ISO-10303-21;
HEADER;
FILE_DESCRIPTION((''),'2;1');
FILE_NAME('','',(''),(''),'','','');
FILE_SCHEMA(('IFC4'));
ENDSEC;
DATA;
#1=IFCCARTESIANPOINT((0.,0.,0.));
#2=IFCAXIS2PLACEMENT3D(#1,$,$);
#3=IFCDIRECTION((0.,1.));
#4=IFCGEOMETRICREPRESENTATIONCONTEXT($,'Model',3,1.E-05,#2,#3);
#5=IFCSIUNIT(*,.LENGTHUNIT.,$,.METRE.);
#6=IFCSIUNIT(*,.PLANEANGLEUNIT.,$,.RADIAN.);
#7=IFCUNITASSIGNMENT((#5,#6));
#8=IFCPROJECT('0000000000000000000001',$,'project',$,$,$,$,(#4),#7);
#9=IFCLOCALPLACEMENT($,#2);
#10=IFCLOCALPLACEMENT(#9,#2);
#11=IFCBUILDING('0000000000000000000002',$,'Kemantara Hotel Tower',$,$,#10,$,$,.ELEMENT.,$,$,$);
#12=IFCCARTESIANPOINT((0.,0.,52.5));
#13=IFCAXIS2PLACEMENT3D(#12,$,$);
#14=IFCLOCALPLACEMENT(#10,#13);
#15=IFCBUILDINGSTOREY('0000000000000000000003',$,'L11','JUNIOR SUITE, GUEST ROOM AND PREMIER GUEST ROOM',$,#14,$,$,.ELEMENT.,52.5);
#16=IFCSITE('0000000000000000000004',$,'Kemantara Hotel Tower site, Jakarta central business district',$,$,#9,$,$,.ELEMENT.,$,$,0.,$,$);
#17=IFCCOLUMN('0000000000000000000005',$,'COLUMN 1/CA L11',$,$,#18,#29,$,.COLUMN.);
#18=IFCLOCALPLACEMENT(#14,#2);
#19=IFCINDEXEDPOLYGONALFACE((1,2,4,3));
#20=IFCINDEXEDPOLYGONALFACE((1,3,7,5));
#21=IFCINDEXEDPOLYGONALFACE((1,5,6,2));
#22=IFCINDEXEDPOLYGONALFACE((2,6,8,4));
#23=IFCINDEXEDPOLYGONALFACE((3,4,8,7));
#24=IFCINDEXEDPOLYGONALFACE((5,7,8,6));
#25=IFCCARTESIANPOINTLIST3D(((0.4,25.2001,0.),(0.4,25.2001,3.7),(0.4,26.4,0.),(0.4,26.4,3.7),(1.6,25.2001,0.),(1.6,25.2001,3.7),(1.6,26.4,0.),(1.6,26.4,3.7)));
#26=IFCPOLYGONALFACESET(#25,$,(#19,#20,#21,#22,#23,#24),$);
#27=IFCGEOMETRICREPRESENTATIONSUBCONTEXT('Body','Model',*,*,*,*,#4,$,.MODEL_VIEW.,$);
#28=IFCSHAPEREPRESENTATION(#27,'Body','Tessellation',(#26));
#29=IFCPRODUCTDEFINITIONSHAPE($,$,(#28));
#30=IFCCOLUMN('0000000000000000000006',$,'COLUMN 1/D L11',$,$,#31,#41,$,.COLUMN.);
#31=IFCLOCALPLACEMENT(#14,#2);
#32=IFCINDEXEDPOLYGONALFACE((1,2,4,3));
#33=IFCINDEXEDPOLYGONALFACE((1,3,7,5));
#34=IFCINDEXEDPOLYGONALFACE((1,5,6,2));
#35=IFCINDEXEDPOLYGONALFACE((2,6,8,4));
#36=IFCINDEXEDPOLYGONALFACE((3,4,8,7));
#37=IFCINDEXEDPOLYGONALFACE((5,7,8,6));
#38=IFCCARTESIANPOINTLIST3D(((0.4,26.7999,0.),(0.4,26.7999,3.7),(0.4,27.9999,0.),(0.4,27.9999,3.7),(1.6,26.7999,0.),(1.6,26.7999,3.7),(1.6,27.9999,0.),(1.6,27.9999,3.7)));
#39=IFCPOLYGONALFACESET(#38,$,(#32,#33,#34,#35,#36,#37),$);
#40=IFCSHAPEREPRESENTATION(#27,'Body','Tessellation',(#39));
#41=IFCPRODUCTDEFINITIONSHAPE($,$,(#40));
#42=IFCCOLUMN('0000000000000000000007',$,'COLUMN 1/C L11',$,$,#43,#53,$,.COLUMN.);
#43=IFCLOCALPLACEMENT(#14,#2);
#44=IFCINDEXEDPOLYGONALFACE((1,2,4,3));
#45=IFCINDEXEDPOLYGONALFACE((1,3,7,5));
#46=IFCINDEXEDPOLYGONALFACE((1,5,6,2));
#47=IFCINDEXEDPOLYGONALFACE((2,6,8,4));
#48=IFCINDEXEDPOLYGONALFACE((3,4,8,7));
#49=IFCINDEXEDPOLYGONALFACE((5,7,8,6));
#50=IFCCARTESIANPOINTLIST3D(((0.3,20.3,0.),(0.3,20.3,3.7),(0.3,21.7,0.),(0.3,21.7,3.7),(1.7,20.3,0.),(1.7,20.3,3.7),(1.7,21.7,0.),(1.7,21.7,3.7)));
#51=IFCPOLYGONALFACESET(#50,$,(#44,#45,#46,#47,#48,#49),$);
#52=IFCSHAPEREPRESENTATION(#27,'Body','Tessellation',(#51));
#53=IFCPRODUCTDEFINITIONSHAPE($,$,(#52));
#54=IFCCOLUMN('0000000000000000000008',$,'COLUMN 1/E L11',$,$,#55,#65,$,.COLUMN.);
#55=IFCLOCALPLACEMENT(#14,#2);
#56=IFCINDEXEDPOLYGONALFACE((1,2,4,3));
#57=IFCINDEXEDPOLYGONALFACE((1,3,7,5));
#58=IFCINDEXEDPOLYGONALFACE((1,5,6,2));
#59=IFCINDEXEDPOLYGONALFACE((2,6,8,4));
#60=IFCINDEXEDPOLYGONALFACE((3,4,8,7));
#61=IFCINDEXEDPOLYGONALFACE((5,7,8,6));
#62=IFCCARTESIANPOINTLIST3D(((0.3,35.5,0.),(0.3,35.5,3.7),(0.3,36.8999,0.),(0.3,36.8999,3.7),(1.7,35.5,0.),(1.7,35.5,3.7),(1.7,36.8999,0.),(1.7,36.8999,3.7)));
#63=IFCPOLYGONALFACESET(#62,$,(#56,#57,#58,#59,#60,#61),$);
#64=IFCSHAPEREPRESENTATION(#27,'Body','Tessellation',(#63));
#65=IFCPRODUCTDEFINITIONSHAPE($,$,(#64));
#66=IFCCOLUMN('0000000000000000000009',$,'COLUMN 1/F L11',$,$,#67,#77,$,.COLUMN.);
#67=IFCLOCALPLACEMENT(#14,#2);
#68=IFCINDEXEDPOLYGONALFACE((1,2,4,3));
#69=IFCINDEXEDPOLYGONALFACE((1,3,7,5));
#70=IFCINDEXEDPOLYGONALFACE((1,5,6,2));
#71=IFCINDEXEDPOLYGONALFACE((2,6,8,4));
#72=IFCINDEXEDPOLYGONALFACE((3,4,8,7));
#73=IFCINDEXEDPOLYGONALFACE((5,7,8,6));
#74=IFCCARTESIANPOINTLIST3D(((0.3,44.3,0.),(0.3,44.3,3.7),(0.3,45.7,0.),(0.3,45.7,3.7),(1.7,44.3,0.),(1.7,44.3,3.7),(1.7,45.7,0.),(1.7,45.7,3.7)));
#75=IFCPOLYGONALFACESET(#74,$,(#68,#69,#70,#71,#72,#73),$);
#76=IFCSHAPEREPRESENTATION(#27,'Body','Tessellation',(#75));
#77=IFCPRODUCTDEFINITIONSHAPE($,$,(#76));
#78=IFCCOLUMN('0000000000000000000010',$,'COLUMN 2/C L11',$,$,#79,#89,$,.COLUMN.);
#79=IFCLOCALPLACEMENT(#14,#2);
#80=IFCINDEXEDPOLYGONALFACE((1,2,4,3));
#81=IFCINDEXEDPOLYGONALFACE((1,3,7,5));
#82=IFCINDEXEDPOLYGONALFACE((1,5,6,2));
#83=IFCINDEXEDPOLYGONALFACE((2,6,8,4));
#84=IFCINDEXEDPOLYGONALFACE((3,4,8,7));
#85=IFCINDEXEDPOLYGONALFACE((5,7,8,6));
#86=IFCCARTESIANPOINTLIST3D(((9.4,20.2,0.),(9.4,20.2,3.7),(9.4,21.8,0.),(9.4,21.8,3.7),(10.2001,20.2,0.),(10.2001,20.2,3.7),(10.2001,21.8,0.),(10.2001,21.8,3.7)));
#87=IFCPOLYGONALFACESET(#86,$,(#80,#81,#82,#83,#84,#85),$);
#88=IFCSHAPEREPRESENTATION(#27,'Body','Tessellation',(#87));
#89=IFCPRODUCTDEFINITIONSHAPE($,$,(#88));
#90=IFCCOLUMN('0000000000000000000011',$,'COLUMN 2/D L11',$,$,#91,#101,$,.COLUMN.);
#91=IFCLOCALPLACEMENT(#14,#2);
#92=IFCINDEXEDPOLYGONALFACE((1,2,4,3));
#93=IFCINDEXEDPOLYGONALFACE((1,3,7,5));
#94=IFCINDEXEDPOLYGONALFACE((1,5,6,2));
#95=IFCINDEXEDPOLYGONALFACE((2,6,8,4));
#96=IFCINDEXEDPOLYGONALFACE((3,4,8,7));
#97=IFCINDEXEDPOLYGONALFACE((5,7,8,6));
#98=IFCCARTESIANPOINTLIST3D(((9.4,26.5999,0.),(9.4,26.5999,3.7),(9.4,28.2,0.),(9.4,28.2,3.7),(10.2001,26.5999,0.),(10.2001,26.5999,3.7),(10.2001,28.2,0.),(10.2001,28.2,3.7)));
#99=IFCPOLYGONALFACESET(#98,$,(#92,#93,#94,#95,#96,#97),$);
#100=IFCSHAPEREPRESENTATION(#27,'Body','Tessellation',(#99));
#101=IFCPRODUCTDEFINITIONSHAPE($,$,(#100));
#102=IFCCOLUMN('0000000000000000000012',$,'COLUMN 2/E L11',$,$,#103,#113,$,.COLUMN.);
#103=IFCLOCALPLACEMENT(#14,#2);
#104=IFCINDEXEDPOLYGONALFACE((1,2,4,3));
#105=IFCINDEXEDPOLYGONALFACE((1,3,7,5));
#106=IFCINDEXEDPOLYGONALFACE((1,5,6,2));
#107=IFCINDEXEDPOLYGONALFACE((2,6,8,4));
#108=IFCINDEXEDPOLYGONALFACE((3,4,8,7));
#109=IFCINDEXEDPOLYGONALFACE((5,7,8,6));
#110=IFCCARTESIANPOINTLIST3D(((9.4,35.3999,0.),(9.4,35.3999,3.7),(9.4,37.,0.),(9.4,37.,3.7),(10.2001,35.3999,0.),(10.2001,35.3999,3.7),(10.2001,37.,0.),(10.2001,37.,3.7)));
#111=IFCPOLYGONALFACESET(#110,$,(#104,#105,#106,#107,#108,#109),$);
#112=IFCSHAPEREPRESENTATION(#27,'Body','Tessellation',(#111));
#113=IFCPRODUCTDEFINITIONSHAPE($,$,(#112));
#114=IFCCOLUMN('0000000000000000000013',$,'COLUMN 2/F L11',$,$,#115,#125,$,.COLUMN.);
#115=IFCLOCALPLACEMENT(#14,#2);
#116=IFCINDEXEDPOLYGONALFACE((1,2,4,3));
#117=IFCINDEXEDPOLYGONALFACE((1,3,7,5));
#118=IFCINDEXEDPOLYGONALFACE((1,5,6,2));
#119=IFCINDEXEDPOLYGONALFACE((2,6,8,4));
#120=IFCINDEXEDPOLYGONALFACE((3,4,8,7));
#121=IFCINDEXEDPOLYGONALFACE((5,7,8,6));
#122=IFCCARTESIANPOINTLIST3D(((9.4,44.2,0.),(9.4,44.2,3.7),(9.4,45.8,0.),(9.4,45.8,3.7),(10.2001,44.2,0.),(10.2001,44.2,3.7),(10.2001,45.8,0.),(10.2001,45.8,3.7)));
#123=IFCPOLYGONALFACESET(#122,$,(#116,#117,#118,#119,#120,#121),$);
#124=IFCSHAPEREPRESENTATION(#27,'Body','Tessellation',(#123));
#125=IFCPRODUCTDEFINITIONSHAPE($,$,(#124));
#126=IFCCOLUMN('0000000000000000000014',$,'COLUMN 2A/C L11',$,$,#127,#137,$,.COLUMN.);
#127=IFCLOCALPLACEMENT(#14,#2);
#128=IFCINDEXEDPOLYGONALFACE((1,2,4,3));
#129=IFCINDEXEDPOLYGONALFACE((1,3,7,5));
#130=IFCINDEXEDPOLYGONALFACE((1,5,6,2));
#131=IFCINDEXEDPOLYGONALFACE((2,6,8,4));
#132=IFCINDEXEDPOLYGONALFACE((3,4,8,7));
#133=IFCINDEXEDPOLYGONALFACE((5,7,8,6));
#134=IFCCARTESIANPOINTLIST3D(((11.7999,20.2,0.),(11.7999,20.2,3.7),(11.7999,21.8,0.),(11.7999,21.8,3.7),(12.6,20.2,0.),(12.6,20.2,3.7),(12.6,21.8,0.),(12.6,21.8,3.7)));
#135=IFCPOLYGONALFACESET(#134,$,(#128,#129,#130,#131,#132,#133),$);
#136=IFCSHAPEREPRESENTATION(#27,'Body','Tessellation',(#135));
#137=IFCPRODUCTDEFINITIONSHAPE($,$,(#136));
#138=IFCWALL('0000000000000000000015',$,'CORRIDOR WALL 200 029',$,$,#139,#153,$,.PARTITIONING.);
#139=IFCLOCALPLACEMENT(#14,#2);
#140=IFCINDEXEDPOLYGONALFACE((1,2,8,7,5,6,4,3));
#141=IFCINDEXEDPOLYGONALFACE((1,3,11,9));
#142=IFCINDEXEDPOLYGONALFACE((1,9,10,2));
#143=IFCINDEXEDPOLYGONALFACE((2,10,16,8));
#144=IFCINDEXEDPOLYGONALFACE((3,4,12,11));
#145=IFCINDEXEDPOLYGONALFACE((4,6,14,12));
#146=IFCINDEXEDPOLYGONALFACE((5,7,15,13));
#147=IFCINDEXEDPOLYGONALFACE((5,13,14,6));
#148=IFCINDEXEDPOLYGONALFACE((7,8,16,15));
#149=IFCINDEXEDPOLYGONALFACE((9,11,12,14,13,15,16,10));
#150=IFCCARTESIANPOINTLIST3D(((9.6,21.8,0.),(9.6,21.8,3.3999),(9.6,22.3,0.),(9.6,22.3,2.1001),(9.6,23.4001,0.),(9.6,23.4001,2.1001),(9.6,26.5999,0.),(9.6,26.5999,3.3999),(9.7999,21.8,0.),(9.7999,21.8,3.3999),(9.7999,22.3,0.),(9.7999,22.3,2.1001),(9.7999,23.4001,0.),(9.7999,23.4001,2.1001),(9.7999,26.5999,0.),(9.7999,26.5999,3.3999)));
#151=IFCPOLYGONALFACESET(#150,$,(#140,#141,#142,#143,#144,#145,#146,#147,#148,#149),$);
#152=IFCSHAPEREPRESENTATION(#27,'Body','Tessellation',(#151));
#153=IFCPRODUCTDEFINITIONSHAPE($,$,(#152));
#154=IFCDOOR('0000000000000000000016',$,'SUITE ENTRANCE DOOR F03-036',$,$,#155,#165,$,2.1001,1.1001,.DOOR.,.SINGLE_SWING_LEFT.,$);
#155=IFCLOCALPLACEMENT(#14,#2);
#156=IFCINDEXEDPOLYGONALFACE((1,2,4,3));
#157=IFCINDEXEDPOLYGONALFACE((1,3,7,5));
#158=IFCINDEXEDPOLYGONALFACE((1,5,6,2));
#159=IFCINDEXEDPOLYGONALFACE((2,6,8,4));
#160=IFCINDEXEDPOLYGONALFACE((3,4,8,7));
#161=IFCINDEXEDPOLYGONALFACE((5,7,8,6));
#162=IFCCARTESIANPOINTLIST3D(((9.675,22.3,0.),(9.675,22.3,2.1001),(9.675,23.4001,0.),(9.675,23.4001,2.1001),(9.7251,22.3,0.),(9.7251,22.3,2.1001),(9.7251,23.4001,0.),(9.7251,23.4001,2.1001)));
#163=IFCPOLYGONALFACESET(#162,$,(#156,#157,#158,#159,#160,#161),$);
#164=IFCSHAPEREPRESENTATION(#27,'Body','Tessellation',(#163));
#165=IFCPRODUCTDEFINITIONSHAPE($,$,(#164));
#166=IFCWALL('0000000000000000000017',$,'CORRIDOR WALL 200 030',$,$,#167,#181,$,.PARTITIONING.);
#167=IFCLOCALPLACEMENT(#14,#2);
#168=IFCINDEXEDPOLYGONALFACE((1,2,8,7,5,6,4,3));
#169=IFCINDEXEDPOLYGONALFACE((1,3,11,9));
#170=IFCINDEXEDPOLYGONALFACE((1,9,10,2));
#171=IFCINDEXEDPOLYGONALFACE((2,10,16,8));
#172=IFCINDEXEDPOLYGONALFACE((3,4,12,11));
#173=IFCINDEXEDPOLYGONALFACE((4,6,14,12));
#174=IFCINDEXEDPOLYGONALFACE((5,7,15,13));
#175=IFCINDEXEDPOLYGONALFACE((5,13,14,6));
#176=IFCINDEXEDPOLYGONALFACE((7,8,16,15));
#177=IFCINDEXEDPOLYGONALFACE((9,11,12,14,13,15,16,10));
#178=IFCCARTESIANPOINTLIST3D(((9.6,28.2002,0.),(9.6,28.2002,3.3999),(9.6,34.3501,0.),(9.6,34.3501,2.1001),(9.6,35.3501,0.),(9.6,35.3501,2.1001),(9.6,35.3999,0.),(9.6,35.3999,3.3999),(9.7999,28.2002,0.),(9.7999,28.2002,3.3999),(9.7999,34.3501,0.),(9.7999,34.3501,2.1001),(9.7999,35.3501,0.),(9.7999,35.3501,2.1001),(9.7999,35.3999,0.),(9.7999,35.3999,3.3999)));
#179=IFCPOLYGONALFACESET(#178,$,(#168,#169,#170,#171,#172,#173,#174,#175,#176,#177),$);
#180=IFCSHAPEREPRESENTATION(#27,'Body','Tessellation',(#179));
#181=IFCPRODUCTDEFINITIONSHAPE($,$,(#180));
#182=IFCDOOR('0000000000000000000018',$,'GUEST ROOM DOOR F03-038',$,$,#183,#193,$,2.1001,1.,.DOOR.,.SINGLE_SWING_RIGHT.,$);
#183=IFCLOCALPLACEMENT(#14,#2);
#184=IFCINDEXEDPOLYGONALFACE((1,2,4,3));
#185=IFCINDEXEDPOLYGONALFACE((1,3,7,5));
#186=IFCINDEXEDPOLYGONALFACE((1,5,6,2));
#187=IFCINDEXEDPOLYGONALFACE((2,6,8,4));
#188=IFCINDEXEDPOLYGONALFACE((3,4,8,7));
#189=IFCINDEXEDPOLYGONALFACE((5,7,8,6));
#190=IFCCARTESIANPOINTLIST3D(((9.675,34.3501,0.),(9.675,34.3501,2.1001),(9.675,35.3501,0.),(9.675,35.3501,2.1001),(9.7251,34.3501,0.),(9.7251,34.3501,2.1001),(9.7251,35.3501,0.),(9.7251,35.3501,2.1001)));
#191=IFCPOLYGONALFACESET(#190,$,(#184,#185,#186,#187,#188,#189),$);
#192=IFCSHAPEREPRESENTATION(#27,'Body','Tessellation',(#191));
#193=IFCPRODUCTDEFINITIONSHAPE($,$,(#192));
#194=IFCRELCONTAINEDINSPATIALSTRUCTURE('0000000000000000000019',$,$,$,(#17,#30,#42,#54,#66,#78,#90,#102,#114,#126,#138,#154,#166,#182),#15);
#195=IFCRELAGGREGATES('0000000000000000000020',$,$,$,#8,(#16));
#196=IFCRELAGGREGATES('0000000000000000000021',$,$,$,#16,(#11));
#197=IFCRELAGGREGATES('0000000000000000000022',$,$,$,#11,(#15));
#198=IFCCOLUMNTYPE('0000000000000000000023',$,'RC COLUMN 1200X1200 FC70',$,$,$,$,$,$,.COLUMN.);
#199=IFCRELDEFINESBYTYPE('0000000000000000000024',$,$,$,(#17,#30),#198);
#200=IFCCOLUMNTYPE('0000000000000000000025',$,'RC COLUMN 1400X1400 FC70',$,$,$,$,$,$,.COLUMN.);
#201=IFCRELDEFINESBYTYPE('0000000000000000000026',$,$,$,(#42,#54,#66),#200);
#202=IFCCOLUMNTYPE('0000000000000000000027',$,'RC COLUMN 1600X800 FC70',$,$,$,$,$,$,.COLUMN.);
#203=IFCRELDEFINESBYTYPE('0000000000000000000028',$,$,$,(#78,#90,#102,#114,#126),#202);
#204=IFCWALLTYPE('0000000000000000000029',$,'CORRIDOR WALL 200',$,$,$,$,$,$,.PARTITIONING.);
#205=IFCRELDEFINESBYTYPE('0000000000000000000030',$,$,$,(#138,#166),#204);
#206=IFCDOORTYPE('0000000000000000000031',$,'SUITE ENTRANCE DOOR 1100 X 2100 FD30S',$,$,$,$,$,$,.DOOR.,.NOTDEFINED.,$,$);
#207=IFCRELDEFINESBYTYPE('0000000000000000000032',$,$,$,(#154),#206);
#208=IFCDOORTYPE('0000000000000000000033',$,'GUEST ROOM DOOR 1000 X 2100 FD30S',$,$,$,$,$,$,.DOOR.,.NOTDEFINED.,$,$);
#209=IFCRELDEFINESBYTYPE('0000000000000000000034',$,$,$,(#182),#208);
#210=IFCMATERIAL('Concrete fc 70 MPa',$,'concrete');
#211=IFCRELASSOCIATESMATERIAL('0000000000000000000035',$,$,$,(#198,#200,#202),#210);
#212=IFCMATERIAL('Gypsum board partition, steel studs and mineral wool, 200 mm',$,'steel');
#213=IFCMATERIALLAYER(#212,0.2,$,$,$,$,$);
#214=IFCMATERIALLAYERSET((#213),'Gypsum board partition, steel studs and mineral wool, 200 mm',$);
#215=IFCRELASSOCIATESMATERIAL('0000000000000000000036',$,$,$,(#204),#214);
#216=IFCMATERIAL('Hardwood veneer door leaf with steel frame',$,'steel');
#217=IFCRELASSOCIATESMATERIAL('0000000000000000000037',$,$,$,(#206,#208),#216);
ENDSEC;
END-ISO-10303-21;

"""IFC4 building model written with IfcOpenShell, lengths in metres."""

from ifc_helpers import new_model, si_unit, direction, frame, frame_2d, origin, origin_2d, place, context, subcontext, project, spatial, rectangle, extrude, material, layer, layer_set, material_profile, profile_set, type_object, element, fill, save


model = new_model("IFC4")

# Units and contexts
model_context = context("Model", 3, precision=1e-05, world=origin(), true_north=direction((0.0, 1.0)))
body_context = subcontext(model_context, "Body", "Model", "MODEL_VIEW")
ifc_project = project(units=[si_unit("LENGTHUNIT", "METRE"), si_unit("PLANEANGLEUNIT", "RADIAN")], contexts=[model_context])

# Site, building, storey
site_placement = place(None, origin())
site = spatial("IfcSite", under=ifc_project, at=site_placement, Name="Kemantara Hotel Tower site, Jakarta central business district", CompositionType="ELEMENT", RefElevation=0.0)
building_placement = place(site_placement, origin())
building = spatial("IfcBuilding", under=site, at=building_placement, Name="Kemantara Hotel Tower", CompositionType="ELEMENT")
storey_placement = place(building_placement, frame((0.0, 0.0, 52.5)))
storey = spatial("IfcBuildingStorey", under=building, at=storey_placement, Name="L11", Description="JUNIOR SUITE, GUEST ROOM AND PREMIER GUEST ROOM", CompositionType="ELEMENT", Elevation=52.5)

# Columns
ifc_material_1 = material(Name="Concrete fc 70 MPa", Category="concrete")
ifc_material_profile_1 = material_profile(ifc_material_1, rectangle(XDim=1.2, YDim=1.2, at=origin_2d()), Name="RC 1200X1200")
ifc_profile_set_1 = profile_set([ifc_material_profile_1], Name="Concrete fc 70 MPa")
column_type_1 = type_object("IfcColumnType", Name="RC COLUMN 1200X1200 FC70", PredefinedType="COLUMN", material=ifc_profile_set_1)
for number, where, z_axis, x_axis, name in (
    (1, (1.0, 25.8, 0.0), (0.0, 0.0, 1.0), (1.0, 0.0, 0.0), "COLUMN 1/CA L11"),
    (2, (1.0, 27.3999, 0.0), (0.0, 0.0, 1.0), (1.0, 0.0, 0.0), "COLUMN 1/D L11"),
):
    element("IfcColumn", number, at=place(storey_placement, frame(where, z_axis=z_axis, x_axis=x_axis)), inside=storey, type_object=column_type_1, Name=name, PredefinedType="COLUMN", context=body_context, shape_type="SweptSolid", body=[
        extrude(rectangle(XDim=1.2, YDim=1.2, at=origin_2d()), origin(), (0.0, 0.0, 1.0), 3.7),
    ])
ifc_material_profile_2 = material_profile(ifc_material_1, rectangle(XDim=1.3999, YDim=1.3999, at=origin_2d()), Name="RC 1400X1400")
ifc_profile_set_2 = profile_set([ifc_material_profile_2], Name="Concrete fc 70 MPa")
column_type_2 = type_object("IfcColumnType", Name="RC COLUMN 1400X1400 FC70", PredefinedType="COLUMN", material=ifc_profile_set_2)
for number, where, z_axis, x_axis, name in (
    (3, (1.0, 21.0, 0.0), (0.0, 0.0, 1.0), (1.0, 0.0, 0.0), "COLUMN 1/C L11"),
    (4, (1.0, 36.2, 0.0), (0.0, 0.0, 1.0), (1.0, 0.0, 0.0), "COLUMN 1/E L11"),
    (5, (1.0, 45.0, 0.0), (0.0, 0.0, 1.0), (1.0, 0.0, 0.0), "COLUMN 1/F L11"),
):
    element("IfcColumn", number, at=place(storey_placement, frame(where, z_axis=z_axis, x_axis=x_axis)), inside=storey, type_object=column_type_2, Name=name, PredefinedType="COLUMN", context=body_context, shape_type="SweptSolid", body=[
        extrude(rectangle(XDim=1.3999, YDim=1.3999, at=origin_2d()), origin(), (0.0, 0.0, 1.0), 3.7),
    ])
ifc_material_profile_3 = material_profile(ifc_material_1, rectangle(XDim=1.6001, YDim=0.8, at=origin_2d()), Name="RC 1600X800")
ifc_profile_set_3 = profile_set([ifc_material_profile_3], Name="Concrete fc 70 MPa")
column_type_3 = type_object("IfcColumnType", Name="RC COLUMN 1600X800 FC70", PredefinedType="COLUMN", material=ifc_profile_set_3)
for number, where, z_axis, x_axis, name in (
    (6, (9.8, 21.0, 0.0), (0.0, 0.0, 1.0), (0.0, 1.0, 0.0), "COLUMN 2/C L11"),
    (7, (9.8, 27.3999, 0.0), (0.0, 0.0, 1.0), (0.0, 1.0, 0.0), "COLUMN 2/D L11"),
    (8, (9.8, 36.2, 0.0), (0.0, 0.0, 1.0), (0.0, 1.0, 0.0), "COLUMN 2/E L11"),
    (9, (9.8, 45.0, 0.0), (0.0, 0.0, 1.0), (0.0, 1.0, 0.0), "COLUMN 2/F L11"),
    (10, (12.2, 21.0, 0.0), (0.0, 0.0, 1.0), (0.0, 1.0, 0.0), "COLUMN 2A/C L11"),
):
    element("IfcColumn", number, at=place(storey_placement, frame(where, z_axis=z_axis, x_axis=x_axis)), inside=storey, type_object=column_type_3, Name=name, PredefinedType="COLUMN", context=body_context, shape_type="SweptSolid", body=[
        extrude(rectangle(XDim=1.6001, YDim=0.8, at=origin_2d()), origin(), (0.0, 0.0, 1.0), 3.7),
    ])

# Walls, openings, doors
ifc_material_2 = material(Name="Gypsum board partition, steel studs and mineral wool, 200 mm", Category="steel")
ifc_layer_1 = layer(ifc_material_2, 0.2)
ifc_layer_set_1 = layer_set([ifc_layer_1], Name="Gypsum board partition, steel studs and mineral wool, 200 mm")
wall_type_1 = type_object("IfcWallType", Name="CORRIDOR WALL 200", PredefinedType="PARTITIONING", material=ifc_layer_set_1)
wall_1_placement = place(storey_placement, frame((9.7, 21.8, 0.0), z_axis=(0.0, 0.0, 1.0), x_axis=(0.0, 1.0, 0.0)))
wall_1 = element("IfcWall", 11, at=wall_1_placement, inside=storey, type_object=wall_type_1, Name="CORRIDOR WALL 200 029", PredefinedType="PARTITIONING", context=body_context, shape_type="SweptSolid", body=[
    extrude(rectangle(XDim=4.7998, YDim=0.2, at=frame_2d((2.3999, 0.0))), origin(), (0.0, 0.0, 1.0), 3.3999),
])
opening_1_placement = place(wall_1_placement, frame((0.5, 0.0, 0.0)))
opening_1 = element("IfcOpeningElement", 12, at=opening_1_placement, cuts=wall_1, PredefinedType="OPENING", context=body_context, shape_type="SweptSolid", body=[
    extrude(rectangle(XDim=1.1001, YDim=2.1001, at=frame_2d((0.55, 1.05))), frame((0.0, 0.1099, 0.0), z_axis=(0.0, -1.0, 0.0), x_axis=(1.0, 0.0, 0.0)), (0.0, 0.0, 1.0), 0.22),
])
ifc_material_3 = material(Name="Hardwood veneer door leaf with steel frame", Category="steel")
door_type_1 = type_object("IfcDoorType", Name="SUITE ENTRANCE DOOR 1100 X 2100 FD30S", OperationType="NOTDEFINED", PredefinedType="DOOR", material=ifc_material_3)
door_1_placement = place(opening_1_placement, origin())
door_1 = element("IfcDoor", 13, at=door_1_placement, inside=storey, type_object=door_type_1, Name="SUITE ENTRANCE DOOR F03-036", OperationType="SINGLE_SWING_LEFT", OverallHeight=2.1001, OverallWidth=1.1001, PredefinedType="DOOR", context=body_context, shape_type="SweptSolid", body=[
    extrude(rectangle(XDim=1.1001, YDim=2.1001, at=frame_2d((0.55, 1.05))), frame((0.0, 0.0249, 0.0), z_axis=(0.0, -1.0, 0.0), x_axis=(1.0, 0.0, 0.0)), (0.0, 0.0, 1.0), 0.05),
])
fill(opening_1, door_1)
wall_2_placement = place(storey_placement, frame((9.7, 28.2002, 0.0), z_axis=(0.0, 0.0, 1.0), x_axis=(0.0, 1.0, 0.0)))
wall_2 = element("IfcWall", 14, at=wall_2_placement, inside=storey, type_object=wall_type_1, Name="CORRIDOR WALL 200 030", PredefinedType="PARTITIONING", context=body_context, shape_type="SweptSolid", body=[
    extrude(rectangle(XDim=7.1997, YDim=0.2, at=frame_2d((3.5999, 0.0))), origin(), (0.0, 0.0, 1.0), 3.3999),
])
opening_2_placement = place(wall_2_placement, frame((6.1499, 0.0, 0.0)))
opening_2 = element("IfcOpeningElement", 15, at=opening_2_placement, cuts=wall_2, PredefinedType="OPENING", context=body_context, shape_type="SweptSolid", body=[
    extrude(rectangle(XDim=1.0, YDim=2.1001, at=frame_2d((0.5, 1.05))), frame((0.0, 0.1099, 0.0), z_axis=(0.0, -1.0, 0.0), x_axis=(1.0, 0.0, 0.0)), (0.0, 0.0, 1.0), 0.22),
])
door_type_2 = type_object("IfcDoorType", Name="GUEST ROOM DOOR 1000 X 2100 FD30S", OperationType="NOTDEFINED", PredefinedType="DOOR", material=ifc_material_3)
door_2_placement = place(opening_2_placement, origin())
door_2 = element("IfcDoor", 16, at=door_2_placement, inside=storey, type_object=door_type_2, Name="GUEST ROOM DOOR F03-038", OperationType="SINGLE_SWING_RIGHT", OverallHeight=2.1001, OverallWidth=1.0, PredefinedType="DOOR", context=body_context, shape_type="SweptSolid", body=[
    extrude(rectangle(XDim=1.0, YDim=2.1001, at=frame_2d((0.5, 1.05))), frame((0.0, 0.0249, 0.0), z_axis=(0.0, -1.0, 0.0), x_axis=(1.0, 0.0, 0.0)), (0.0, 0.0, 1.0), 0.05),
])
fill(opening_2, door_2)

save(model, "model.ifc")
